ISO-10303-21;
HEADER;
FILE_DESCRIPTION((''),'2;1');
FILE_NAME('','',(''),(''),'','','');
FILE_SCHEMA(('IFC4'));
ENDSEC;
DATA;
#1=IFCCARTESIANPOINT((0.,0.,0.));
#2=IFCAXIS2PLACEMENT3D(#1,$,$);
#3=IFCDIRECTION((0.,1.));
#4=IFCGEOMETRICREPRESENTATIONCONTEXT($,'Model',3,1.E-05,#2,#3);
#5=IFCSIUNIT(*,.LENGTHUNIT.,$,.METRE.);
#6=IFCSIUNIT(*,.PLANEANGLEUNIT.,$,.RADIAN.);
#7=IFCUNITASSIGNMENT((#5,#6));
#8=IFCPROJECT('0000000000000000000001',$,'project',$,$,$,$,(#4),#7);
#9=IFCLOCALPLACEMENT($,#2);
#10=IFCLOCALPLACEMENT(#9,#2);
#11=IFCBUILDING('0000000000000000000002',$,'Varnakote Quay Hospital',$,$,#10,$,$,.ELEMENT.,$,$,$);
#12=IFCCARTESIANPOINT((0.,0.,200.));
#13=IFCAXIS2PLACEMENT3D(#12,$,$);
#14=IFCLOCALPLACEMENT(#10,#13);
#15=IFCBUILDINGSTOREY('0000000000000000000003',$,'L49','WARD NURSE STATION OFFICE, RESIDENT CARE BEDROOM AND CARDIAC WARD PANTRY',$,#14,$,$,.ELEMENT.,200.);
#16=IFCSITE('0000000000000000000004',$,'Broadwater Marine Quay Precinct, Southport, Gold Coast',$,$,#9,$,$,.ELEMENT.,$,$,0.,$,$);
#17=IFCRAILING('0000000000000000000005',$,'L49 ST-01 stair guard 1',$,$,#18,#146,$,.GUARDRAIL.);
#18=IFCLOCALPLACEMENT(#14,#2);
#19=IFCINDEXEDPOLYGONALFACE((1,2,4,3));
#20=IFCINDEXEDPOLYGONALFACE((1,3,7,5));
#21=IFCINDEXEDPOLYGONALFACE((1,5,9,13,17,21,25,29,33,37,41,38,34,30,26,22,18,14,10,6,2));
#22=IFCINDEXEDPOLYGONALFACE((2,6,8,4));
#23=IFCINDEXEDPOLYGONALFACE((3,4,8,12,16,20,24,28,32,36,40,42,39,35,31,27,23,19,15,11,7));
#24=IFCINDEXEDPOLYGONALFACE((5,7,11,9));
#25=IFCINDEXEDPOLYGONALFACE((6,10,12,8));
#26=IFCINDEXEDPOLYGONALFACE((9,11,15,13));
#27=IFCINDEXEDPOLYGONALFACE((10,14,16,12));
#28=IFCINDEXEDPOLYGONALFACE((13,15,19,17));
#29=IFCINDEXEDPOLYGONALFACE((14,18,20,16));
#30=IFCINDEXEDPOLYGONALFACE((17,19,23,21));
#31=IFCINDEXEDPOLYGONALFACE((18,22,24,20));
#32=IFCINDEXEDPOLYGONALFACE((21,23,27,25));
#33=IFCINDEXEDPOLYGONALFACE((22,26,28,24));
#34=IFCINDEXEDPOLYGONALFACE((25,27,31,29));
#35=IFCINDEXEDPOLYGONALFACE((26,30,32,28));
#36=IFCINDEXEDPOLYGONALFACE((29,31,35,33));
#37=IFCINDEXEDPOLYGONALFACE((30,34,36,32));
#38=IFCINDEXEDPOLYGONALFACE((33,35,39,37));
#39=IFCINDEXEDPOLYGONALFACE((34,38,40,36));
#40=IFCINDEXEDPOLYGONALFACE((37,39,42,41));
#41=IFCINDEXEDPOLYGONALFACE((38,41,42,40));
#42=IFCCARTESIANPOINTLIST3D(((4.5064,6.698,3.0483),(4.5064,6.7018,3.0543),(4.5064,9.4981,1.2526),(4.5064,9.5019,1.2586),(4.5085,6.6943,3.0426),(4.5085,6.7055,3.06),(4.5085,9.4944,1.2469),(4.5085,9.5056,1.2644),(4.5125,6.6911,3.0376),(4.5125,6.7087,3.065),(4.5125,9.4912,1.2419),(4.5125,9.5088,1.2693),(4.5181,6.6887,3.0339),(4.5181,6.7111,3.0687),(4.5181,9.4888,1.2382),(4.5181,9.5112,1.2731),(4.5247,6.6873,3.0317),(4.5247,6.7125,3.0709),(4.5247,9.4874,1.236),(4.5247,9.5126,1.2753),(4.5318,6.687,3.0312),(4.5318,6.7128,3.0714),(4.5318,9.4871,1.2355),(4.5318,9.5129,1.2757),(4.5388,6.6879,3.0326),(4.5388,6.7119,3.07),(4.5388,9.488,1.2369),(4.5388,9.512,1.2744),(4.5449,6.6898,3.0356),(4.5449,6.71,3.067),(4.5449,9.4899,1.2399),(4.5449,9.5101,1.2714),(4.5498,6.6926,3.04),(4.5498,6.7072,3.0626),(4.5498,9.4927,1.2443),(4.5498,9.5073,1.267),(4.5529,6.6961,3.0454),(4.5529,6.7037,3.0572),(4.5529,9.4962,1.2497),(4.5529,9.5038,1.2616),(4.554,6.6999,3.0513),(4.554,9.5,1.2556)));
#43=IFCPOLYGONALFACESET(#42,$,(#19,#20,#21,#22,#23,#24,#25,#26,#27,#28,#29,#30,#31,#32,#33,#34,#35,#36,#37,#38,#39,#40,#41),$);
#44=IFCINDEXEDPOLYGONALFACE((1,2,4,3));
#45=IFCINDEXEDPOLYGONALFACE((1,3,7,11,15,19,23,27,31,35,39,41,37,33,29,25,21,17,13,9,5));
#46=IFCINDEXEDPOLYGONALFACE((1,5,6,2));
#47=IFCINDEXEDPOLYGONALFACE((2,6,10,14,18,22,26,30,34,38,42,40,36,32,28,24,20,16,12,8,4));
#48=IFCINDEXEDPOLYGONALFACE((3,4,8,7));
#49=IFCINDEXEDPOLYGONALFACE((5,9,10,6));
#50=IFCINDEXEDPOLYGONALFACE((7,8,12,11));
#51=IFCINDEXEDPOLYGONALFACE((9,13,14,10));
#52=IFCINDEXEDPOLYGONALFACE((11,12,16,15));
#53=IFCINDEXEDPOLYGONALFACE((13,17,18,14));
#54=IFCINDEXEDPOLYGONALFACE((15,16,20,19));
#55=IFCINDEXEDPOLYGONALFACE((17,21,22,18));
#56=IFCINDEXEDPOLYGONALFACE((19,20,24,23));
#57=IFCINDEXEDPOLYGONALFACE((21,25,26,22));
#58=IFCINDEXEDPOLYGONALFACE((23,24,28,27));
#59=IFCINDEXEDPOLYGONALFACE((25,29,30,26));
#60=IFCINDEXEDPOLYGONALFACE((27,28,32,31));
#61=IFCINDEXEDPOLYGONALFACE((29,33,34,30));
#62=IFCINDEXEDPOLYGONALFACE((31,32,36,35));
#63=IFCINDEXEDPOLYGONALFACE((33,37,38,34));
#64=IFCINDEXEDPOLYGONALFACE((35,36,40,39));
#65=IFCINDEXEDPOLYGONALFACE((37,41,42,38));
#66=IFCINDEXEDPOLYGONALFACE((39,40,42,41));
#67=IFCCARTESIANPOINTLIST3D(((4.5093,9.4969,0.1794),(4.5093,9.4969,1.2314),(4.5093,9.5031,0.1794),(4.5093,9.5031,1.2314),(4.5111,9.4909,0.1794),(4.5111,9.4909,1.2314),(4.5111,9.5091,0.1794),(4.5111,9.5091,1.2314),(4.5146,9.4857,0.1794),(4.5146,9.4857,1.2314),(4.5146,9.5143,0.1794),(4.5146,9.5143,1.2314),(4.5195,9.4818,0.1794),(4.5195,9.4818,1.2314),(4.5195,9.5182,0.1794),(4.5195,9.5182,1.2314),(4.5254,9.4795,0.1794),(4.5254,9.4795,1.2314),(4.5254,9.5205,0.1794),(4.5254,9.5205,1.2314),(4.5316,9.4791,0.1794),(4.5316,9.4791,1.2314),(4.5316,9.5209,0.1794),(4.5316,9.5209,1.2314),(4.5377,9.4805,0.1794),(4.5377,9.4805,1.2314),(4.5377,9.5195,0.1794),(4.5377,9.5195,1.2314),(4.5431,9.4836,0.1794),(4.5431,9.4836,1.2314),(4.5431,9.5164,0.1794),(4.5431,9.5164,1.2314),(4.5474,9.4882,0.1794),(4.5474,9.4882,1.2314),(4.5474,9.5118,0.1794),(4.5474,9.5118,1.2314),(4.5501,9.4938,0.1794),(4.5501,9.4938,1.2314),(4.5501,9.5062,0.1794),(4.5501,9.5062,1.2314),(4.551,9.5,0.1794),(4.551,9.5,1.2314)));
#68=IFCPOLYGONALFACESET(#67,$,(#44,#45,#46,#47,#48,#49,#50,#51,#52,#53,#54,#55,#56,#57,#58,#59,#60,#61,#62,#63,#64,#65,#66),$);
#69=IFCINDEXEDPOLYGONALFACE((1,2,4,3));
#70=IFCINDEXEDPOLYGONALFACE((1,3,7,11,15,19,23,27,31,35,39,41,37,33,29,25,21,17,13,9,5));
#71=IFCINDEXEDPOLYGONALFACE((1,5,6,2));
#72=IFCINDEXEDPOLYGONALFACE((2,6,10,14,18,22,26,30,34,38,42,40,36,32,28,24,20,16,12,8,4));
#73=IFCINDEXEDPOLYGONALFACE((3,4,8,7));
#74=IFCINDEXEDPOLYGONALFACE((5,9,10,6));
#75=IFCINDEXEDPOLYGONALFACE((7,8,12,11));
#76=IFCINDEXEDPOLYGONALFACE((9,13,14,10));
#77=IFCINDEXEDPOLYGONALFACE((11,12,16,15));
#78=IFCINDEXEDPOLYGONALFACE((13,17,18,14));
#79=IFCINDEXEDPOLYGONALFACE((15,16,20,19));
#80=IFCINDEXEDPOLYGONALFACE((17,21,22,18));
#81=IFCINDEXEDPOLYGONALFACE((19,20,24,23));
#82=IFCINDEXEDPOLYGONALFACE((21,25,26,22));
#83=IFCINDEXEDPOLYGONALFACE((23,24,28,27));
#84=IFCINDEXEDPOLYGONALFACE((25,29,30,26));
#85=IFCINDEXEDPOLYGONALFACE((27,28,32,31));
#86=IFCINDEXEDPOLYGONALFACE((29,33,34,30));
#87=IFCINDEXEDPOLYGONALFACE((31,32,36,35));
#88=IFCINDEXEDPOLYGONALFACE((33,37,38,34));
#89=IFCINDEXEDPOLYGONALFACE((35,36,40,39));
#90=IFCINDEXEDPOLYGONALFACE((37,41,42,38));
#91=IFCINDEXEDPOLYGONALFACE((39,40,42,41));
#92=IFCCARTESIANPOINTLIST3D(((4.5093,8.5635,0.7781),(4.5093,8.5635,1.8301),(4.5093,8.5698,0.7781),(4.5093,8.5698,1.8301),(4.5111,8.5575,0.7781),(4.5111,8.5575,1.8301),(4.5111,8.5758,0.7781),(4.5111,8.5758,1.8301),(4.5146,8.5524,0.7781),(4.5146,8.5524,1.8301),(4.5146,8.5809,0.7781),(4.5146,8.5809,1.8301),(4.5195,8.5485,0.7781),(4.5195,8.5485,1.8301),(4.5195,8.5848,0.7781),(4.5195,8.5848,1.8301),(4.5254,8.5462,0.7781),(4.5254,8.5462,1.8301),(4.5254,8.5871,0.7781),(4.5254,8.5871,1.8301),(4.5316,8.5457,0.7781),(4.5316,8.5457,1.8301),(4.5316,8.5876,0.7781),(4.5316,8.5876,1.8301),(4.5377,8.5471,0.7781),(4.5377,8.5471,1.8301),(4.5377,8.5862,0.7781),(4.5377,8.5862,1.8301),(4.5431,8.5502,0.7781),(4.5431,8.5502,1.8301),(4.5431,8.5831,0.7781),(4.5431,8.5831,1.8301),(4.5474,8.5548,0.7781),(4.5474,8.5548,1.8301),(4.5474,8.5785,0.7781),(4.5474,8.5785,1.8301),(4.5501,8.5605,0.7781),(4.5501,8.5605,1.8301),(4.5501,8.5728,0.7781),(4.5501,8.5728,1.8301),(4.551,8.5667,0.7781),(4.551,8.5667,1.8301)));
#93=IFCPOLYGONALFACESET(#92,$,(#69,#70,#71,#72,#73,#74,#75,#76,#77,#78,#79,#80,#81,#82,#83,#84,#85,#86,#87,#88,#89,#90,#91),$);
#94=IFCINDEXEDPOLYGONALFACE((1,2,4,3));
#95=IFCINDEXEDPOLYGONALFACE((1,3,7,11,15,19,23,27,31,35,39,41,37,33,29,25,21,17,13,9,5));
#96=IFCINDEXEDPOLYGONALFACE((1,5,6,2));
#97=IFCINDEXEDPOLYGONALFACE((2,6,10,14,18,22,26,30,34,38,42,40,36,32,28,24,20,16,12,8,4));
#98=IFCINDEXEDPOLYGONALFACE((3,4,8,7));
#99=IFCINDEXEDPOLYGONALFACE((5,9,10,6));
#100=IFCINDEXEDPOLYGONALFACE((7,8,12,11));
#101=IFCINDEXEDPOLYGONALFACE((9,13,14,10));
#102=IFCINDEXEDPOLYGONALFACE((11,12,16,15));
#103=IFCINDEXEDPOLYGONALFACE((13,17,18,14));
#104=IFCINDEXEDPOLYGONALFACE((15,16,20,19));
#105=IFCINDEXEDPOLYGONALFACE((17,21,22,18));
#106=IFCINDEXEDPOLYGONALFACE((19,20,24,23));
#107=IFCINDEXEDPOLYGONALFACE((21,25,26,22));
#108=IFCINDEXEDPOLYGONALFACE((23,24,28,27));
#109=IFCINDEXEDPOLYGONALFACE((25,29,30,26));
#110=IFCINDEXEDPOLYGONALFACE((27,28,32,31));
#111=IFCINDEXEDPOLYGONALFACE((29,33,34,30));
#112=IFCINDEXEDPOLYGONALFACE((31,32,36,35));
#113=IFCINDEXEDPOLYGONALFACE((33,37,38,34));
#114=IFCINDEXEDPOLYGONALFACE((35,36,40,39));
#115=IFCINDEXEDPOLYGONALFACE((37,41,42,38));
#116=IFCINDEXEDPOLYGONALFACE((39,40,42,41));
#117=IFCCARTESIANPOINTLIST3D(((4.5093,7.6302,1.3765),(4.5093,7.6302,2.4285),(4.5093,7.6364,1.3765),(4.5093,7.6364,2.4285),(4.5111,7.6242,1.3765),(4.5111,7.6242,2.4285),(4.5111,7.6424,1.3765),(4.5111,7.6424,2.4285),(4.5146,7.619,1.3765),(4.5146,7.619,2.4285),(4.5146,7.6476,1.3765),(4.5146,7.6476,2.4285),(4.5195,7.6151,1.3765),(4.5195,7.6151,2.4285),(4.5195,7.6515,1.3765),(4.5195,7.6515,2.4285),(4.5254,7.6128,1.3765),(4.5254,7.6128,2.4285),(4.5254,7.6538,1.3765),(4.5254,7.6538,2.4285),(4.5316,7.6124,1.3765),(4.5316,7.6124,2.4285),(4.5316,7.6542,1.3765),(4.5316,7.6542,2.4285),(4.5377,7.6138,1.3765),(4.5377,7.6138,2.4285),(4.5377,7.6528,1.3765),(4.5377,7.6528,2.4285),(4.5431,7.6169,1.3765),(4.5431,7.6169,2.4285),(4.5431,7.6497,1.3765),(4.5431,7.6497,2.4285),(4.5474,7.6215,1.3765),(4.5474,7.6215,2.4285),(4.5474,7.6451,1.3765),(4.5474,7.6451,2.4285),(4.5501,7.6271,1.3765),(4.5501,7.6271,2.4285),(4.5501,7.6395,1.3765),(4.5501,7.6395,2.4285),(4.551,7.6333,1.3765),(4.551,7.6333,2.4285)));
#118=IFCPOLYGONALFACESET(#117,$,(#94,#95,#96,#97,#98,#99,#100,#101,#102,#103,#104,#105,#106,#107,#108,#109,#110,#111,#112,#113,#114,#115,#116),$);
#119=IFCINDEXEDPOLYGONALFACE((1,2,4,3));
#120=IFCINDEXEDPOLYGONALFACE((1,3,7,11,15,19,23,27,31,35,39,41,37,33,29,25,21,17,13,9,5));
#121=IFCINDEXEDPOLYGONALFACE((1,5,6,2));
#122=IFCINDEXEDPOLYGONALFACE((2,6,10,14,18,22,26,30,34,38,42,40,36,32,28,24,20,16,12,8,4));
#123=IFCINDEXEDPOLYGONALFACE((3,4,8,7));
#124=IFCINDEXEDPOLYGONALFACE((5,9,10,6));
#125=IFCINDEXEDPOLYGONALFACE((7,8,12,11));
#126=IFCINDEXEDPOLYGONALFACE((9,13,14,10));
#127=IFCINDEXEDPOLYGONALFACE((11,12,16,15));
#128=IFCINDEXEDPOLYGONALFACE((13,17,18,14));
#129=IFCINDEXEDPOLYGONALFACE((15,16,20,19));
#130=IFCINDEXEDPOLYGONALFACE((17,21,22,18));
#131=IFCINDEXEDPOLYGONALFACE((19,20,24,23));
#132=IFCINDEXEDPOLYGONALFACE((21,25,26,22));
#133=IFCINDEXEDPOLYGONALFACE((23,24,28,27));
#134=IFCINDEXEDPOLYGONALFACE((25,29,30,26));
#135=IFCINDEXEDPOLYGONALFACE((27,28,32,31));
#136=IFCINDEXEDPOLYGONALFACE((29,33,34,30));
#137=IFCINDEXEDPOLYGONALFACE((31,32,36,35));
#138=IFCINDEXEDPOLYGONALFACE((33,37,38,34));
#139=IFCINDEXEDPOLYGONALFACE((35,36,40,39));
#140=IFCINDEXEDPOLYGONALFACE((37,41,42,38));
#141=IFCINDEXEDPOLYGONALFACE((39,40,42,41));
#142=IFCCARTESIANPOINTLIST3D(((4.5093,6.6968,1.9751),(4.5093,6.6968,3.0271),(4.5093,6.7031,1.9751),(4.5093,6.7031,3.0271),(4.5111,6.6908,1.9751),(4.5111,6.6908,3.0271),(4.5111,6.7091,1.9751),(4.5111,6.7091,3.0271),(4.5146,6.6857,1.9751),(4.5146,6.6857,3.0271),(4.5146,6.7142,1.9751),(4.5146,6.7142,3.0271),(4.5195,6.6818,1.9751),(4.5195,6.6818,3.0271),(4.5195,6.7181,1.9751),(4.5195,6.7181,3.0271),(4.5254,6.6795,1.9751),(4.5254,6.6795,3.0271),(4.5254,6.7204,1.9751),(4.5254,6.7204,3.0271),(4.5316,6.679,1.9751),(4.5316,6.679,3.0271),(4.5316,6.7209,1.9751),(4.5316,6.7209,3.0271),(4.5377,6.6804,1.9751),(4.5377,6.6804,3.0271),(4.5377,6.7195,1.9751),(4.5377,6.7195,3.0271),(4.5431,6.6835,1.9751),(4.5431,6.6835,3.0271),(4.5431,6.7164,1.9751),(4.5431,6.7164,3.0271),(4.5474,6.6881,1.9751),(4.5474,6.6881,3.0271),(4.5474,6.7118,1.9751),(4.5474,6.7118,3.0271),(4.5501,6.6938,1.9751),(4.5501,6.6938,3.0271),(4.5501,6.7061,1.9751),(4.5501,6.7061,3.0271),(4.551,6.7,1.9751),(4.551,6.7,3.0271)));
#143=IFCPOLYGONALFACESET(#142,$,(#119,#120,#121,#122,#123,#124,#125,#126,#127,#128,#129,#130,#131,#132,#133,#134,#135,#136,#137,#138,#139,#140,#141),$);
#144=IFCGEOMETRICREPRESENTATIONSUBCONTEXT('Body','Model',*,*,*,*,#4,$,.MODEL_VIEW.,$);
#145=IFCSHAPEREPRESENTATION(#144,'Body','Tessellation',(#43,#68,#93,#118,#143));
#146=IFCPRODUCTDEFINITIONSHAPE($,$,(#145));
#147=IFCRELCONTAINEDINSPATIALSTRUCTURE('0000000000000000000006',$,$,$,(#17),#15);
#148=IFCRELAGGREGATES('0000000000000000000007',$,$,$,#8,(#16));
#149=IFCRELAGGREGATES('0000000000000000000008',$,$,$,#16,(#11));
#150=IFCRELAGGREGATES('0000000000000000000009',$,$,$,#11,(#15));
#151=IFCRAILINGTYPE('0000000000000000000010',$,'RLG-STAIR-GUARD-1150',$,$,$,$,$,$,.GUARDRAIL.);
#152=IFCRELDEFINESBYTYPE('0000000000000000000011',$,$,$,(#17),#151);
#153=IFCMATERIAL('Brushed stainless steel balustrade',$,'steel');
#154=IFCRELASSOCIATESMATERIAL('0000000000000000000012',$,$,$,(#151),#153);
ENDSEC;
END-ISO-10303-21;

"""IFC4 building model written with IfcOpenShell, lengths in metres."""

from ifc_helpers import new_model, si_unit, direction, frame, origin, origin_2d, place, context, subcontext, project, spatial, circle, extrude, material, type_object, element, save


model = new_model("IFC4")

# Units and contexts
model_context = context("Model", 3, precision=1e-05, world=origin(), true_north=direction((0.0, 1.0)))
body_context = subcontext(model_context, "Body", "Model", "MODEL_VIEW")
ifc_project = project(units=[si_unit("LENGTHUNIT", "METRE"), si_unit("PLANEANGLEUNIT", "RADIAN")], contexts=[model_context])

# Site, building, storey
site_placement = place(None, origin())
site = spatial("IfcSite", under=ifc_project, at=site_placement, Name="Broadwater Marine Quay Precinct, Southport, Gold Coast", CompositionType="ELEMENT", RefElevation=0.0)
building_placement = place(site_placement, origin())
building = spatial("IfcBuilding", under=site, at=building_placement, Name="Varnakote Quay Hospital", CompositionType="ELEMENT")
storey_placement = place(building_placement, frame((0.0, 0.0, 200.0)))
storey = spatial("IfcBuildingStorey", under=building, at=storey_placement, Name="L49", Description="WARD NURSE STATION OFFICE, RESIDENT CARE BEDROOM AND CARDIAC WARD PANTRY", CompositionType="ELEMENT", Elevation=200.0)

# Railing
ifc_material_1 = material(Name="Brushed stainless steel balustrade", Category="steel")
railing_type_1 = type_object("IfcRailingType", Name="RLG-STAIR-GUARD-1150", PredefinedType="GUARDRAIL", material=ifc_material_1)
railing_1_placement = place(storey_placement, frame((4.53, 9.5, 0.1794)))
element("IfcRailing", 1, at=railing_1_placement, inside=storey, type_object=railing_type_1, Name="L49 ST-01 stair guard 1", PredefinedType="GUARDRAIL", context=body_context, shape_type="SweptSolid", body=[
    extrude(circle(Radius=0.0239, at=origin_2d()), frame((0.0, 0.0, 1.0762), z_axis=(0.0, -0.841777, 0.539826), x_axis=(1.0, 0.0, 0.0)), (0.0, 0.0, 1.0), 3.3264),
    extrude(circle(Radius=0.021, at=origin_2d()), origin(), (0.0, 0.0, 1.0), 1.052),
    extrude(circle(Radius=0.021, at=origin_2d()), frame((0.0, -0.9333, 0.5986)), (0.0, 0.0, 1.0), 1.052),
    extrude(circle(Radius=0.021, at=origin_2d()), frame((0.0, -1.8667, 1.197)), (0.0, 0.0, 1.0), 1.052),
    extrude(circle(Radius=0.021, at=origin_2d()), frame((0.0, -2.8, 1.7957)), (0.0, 0.0, 1.0), 1.052),
])

save(model, "model.ifc")
